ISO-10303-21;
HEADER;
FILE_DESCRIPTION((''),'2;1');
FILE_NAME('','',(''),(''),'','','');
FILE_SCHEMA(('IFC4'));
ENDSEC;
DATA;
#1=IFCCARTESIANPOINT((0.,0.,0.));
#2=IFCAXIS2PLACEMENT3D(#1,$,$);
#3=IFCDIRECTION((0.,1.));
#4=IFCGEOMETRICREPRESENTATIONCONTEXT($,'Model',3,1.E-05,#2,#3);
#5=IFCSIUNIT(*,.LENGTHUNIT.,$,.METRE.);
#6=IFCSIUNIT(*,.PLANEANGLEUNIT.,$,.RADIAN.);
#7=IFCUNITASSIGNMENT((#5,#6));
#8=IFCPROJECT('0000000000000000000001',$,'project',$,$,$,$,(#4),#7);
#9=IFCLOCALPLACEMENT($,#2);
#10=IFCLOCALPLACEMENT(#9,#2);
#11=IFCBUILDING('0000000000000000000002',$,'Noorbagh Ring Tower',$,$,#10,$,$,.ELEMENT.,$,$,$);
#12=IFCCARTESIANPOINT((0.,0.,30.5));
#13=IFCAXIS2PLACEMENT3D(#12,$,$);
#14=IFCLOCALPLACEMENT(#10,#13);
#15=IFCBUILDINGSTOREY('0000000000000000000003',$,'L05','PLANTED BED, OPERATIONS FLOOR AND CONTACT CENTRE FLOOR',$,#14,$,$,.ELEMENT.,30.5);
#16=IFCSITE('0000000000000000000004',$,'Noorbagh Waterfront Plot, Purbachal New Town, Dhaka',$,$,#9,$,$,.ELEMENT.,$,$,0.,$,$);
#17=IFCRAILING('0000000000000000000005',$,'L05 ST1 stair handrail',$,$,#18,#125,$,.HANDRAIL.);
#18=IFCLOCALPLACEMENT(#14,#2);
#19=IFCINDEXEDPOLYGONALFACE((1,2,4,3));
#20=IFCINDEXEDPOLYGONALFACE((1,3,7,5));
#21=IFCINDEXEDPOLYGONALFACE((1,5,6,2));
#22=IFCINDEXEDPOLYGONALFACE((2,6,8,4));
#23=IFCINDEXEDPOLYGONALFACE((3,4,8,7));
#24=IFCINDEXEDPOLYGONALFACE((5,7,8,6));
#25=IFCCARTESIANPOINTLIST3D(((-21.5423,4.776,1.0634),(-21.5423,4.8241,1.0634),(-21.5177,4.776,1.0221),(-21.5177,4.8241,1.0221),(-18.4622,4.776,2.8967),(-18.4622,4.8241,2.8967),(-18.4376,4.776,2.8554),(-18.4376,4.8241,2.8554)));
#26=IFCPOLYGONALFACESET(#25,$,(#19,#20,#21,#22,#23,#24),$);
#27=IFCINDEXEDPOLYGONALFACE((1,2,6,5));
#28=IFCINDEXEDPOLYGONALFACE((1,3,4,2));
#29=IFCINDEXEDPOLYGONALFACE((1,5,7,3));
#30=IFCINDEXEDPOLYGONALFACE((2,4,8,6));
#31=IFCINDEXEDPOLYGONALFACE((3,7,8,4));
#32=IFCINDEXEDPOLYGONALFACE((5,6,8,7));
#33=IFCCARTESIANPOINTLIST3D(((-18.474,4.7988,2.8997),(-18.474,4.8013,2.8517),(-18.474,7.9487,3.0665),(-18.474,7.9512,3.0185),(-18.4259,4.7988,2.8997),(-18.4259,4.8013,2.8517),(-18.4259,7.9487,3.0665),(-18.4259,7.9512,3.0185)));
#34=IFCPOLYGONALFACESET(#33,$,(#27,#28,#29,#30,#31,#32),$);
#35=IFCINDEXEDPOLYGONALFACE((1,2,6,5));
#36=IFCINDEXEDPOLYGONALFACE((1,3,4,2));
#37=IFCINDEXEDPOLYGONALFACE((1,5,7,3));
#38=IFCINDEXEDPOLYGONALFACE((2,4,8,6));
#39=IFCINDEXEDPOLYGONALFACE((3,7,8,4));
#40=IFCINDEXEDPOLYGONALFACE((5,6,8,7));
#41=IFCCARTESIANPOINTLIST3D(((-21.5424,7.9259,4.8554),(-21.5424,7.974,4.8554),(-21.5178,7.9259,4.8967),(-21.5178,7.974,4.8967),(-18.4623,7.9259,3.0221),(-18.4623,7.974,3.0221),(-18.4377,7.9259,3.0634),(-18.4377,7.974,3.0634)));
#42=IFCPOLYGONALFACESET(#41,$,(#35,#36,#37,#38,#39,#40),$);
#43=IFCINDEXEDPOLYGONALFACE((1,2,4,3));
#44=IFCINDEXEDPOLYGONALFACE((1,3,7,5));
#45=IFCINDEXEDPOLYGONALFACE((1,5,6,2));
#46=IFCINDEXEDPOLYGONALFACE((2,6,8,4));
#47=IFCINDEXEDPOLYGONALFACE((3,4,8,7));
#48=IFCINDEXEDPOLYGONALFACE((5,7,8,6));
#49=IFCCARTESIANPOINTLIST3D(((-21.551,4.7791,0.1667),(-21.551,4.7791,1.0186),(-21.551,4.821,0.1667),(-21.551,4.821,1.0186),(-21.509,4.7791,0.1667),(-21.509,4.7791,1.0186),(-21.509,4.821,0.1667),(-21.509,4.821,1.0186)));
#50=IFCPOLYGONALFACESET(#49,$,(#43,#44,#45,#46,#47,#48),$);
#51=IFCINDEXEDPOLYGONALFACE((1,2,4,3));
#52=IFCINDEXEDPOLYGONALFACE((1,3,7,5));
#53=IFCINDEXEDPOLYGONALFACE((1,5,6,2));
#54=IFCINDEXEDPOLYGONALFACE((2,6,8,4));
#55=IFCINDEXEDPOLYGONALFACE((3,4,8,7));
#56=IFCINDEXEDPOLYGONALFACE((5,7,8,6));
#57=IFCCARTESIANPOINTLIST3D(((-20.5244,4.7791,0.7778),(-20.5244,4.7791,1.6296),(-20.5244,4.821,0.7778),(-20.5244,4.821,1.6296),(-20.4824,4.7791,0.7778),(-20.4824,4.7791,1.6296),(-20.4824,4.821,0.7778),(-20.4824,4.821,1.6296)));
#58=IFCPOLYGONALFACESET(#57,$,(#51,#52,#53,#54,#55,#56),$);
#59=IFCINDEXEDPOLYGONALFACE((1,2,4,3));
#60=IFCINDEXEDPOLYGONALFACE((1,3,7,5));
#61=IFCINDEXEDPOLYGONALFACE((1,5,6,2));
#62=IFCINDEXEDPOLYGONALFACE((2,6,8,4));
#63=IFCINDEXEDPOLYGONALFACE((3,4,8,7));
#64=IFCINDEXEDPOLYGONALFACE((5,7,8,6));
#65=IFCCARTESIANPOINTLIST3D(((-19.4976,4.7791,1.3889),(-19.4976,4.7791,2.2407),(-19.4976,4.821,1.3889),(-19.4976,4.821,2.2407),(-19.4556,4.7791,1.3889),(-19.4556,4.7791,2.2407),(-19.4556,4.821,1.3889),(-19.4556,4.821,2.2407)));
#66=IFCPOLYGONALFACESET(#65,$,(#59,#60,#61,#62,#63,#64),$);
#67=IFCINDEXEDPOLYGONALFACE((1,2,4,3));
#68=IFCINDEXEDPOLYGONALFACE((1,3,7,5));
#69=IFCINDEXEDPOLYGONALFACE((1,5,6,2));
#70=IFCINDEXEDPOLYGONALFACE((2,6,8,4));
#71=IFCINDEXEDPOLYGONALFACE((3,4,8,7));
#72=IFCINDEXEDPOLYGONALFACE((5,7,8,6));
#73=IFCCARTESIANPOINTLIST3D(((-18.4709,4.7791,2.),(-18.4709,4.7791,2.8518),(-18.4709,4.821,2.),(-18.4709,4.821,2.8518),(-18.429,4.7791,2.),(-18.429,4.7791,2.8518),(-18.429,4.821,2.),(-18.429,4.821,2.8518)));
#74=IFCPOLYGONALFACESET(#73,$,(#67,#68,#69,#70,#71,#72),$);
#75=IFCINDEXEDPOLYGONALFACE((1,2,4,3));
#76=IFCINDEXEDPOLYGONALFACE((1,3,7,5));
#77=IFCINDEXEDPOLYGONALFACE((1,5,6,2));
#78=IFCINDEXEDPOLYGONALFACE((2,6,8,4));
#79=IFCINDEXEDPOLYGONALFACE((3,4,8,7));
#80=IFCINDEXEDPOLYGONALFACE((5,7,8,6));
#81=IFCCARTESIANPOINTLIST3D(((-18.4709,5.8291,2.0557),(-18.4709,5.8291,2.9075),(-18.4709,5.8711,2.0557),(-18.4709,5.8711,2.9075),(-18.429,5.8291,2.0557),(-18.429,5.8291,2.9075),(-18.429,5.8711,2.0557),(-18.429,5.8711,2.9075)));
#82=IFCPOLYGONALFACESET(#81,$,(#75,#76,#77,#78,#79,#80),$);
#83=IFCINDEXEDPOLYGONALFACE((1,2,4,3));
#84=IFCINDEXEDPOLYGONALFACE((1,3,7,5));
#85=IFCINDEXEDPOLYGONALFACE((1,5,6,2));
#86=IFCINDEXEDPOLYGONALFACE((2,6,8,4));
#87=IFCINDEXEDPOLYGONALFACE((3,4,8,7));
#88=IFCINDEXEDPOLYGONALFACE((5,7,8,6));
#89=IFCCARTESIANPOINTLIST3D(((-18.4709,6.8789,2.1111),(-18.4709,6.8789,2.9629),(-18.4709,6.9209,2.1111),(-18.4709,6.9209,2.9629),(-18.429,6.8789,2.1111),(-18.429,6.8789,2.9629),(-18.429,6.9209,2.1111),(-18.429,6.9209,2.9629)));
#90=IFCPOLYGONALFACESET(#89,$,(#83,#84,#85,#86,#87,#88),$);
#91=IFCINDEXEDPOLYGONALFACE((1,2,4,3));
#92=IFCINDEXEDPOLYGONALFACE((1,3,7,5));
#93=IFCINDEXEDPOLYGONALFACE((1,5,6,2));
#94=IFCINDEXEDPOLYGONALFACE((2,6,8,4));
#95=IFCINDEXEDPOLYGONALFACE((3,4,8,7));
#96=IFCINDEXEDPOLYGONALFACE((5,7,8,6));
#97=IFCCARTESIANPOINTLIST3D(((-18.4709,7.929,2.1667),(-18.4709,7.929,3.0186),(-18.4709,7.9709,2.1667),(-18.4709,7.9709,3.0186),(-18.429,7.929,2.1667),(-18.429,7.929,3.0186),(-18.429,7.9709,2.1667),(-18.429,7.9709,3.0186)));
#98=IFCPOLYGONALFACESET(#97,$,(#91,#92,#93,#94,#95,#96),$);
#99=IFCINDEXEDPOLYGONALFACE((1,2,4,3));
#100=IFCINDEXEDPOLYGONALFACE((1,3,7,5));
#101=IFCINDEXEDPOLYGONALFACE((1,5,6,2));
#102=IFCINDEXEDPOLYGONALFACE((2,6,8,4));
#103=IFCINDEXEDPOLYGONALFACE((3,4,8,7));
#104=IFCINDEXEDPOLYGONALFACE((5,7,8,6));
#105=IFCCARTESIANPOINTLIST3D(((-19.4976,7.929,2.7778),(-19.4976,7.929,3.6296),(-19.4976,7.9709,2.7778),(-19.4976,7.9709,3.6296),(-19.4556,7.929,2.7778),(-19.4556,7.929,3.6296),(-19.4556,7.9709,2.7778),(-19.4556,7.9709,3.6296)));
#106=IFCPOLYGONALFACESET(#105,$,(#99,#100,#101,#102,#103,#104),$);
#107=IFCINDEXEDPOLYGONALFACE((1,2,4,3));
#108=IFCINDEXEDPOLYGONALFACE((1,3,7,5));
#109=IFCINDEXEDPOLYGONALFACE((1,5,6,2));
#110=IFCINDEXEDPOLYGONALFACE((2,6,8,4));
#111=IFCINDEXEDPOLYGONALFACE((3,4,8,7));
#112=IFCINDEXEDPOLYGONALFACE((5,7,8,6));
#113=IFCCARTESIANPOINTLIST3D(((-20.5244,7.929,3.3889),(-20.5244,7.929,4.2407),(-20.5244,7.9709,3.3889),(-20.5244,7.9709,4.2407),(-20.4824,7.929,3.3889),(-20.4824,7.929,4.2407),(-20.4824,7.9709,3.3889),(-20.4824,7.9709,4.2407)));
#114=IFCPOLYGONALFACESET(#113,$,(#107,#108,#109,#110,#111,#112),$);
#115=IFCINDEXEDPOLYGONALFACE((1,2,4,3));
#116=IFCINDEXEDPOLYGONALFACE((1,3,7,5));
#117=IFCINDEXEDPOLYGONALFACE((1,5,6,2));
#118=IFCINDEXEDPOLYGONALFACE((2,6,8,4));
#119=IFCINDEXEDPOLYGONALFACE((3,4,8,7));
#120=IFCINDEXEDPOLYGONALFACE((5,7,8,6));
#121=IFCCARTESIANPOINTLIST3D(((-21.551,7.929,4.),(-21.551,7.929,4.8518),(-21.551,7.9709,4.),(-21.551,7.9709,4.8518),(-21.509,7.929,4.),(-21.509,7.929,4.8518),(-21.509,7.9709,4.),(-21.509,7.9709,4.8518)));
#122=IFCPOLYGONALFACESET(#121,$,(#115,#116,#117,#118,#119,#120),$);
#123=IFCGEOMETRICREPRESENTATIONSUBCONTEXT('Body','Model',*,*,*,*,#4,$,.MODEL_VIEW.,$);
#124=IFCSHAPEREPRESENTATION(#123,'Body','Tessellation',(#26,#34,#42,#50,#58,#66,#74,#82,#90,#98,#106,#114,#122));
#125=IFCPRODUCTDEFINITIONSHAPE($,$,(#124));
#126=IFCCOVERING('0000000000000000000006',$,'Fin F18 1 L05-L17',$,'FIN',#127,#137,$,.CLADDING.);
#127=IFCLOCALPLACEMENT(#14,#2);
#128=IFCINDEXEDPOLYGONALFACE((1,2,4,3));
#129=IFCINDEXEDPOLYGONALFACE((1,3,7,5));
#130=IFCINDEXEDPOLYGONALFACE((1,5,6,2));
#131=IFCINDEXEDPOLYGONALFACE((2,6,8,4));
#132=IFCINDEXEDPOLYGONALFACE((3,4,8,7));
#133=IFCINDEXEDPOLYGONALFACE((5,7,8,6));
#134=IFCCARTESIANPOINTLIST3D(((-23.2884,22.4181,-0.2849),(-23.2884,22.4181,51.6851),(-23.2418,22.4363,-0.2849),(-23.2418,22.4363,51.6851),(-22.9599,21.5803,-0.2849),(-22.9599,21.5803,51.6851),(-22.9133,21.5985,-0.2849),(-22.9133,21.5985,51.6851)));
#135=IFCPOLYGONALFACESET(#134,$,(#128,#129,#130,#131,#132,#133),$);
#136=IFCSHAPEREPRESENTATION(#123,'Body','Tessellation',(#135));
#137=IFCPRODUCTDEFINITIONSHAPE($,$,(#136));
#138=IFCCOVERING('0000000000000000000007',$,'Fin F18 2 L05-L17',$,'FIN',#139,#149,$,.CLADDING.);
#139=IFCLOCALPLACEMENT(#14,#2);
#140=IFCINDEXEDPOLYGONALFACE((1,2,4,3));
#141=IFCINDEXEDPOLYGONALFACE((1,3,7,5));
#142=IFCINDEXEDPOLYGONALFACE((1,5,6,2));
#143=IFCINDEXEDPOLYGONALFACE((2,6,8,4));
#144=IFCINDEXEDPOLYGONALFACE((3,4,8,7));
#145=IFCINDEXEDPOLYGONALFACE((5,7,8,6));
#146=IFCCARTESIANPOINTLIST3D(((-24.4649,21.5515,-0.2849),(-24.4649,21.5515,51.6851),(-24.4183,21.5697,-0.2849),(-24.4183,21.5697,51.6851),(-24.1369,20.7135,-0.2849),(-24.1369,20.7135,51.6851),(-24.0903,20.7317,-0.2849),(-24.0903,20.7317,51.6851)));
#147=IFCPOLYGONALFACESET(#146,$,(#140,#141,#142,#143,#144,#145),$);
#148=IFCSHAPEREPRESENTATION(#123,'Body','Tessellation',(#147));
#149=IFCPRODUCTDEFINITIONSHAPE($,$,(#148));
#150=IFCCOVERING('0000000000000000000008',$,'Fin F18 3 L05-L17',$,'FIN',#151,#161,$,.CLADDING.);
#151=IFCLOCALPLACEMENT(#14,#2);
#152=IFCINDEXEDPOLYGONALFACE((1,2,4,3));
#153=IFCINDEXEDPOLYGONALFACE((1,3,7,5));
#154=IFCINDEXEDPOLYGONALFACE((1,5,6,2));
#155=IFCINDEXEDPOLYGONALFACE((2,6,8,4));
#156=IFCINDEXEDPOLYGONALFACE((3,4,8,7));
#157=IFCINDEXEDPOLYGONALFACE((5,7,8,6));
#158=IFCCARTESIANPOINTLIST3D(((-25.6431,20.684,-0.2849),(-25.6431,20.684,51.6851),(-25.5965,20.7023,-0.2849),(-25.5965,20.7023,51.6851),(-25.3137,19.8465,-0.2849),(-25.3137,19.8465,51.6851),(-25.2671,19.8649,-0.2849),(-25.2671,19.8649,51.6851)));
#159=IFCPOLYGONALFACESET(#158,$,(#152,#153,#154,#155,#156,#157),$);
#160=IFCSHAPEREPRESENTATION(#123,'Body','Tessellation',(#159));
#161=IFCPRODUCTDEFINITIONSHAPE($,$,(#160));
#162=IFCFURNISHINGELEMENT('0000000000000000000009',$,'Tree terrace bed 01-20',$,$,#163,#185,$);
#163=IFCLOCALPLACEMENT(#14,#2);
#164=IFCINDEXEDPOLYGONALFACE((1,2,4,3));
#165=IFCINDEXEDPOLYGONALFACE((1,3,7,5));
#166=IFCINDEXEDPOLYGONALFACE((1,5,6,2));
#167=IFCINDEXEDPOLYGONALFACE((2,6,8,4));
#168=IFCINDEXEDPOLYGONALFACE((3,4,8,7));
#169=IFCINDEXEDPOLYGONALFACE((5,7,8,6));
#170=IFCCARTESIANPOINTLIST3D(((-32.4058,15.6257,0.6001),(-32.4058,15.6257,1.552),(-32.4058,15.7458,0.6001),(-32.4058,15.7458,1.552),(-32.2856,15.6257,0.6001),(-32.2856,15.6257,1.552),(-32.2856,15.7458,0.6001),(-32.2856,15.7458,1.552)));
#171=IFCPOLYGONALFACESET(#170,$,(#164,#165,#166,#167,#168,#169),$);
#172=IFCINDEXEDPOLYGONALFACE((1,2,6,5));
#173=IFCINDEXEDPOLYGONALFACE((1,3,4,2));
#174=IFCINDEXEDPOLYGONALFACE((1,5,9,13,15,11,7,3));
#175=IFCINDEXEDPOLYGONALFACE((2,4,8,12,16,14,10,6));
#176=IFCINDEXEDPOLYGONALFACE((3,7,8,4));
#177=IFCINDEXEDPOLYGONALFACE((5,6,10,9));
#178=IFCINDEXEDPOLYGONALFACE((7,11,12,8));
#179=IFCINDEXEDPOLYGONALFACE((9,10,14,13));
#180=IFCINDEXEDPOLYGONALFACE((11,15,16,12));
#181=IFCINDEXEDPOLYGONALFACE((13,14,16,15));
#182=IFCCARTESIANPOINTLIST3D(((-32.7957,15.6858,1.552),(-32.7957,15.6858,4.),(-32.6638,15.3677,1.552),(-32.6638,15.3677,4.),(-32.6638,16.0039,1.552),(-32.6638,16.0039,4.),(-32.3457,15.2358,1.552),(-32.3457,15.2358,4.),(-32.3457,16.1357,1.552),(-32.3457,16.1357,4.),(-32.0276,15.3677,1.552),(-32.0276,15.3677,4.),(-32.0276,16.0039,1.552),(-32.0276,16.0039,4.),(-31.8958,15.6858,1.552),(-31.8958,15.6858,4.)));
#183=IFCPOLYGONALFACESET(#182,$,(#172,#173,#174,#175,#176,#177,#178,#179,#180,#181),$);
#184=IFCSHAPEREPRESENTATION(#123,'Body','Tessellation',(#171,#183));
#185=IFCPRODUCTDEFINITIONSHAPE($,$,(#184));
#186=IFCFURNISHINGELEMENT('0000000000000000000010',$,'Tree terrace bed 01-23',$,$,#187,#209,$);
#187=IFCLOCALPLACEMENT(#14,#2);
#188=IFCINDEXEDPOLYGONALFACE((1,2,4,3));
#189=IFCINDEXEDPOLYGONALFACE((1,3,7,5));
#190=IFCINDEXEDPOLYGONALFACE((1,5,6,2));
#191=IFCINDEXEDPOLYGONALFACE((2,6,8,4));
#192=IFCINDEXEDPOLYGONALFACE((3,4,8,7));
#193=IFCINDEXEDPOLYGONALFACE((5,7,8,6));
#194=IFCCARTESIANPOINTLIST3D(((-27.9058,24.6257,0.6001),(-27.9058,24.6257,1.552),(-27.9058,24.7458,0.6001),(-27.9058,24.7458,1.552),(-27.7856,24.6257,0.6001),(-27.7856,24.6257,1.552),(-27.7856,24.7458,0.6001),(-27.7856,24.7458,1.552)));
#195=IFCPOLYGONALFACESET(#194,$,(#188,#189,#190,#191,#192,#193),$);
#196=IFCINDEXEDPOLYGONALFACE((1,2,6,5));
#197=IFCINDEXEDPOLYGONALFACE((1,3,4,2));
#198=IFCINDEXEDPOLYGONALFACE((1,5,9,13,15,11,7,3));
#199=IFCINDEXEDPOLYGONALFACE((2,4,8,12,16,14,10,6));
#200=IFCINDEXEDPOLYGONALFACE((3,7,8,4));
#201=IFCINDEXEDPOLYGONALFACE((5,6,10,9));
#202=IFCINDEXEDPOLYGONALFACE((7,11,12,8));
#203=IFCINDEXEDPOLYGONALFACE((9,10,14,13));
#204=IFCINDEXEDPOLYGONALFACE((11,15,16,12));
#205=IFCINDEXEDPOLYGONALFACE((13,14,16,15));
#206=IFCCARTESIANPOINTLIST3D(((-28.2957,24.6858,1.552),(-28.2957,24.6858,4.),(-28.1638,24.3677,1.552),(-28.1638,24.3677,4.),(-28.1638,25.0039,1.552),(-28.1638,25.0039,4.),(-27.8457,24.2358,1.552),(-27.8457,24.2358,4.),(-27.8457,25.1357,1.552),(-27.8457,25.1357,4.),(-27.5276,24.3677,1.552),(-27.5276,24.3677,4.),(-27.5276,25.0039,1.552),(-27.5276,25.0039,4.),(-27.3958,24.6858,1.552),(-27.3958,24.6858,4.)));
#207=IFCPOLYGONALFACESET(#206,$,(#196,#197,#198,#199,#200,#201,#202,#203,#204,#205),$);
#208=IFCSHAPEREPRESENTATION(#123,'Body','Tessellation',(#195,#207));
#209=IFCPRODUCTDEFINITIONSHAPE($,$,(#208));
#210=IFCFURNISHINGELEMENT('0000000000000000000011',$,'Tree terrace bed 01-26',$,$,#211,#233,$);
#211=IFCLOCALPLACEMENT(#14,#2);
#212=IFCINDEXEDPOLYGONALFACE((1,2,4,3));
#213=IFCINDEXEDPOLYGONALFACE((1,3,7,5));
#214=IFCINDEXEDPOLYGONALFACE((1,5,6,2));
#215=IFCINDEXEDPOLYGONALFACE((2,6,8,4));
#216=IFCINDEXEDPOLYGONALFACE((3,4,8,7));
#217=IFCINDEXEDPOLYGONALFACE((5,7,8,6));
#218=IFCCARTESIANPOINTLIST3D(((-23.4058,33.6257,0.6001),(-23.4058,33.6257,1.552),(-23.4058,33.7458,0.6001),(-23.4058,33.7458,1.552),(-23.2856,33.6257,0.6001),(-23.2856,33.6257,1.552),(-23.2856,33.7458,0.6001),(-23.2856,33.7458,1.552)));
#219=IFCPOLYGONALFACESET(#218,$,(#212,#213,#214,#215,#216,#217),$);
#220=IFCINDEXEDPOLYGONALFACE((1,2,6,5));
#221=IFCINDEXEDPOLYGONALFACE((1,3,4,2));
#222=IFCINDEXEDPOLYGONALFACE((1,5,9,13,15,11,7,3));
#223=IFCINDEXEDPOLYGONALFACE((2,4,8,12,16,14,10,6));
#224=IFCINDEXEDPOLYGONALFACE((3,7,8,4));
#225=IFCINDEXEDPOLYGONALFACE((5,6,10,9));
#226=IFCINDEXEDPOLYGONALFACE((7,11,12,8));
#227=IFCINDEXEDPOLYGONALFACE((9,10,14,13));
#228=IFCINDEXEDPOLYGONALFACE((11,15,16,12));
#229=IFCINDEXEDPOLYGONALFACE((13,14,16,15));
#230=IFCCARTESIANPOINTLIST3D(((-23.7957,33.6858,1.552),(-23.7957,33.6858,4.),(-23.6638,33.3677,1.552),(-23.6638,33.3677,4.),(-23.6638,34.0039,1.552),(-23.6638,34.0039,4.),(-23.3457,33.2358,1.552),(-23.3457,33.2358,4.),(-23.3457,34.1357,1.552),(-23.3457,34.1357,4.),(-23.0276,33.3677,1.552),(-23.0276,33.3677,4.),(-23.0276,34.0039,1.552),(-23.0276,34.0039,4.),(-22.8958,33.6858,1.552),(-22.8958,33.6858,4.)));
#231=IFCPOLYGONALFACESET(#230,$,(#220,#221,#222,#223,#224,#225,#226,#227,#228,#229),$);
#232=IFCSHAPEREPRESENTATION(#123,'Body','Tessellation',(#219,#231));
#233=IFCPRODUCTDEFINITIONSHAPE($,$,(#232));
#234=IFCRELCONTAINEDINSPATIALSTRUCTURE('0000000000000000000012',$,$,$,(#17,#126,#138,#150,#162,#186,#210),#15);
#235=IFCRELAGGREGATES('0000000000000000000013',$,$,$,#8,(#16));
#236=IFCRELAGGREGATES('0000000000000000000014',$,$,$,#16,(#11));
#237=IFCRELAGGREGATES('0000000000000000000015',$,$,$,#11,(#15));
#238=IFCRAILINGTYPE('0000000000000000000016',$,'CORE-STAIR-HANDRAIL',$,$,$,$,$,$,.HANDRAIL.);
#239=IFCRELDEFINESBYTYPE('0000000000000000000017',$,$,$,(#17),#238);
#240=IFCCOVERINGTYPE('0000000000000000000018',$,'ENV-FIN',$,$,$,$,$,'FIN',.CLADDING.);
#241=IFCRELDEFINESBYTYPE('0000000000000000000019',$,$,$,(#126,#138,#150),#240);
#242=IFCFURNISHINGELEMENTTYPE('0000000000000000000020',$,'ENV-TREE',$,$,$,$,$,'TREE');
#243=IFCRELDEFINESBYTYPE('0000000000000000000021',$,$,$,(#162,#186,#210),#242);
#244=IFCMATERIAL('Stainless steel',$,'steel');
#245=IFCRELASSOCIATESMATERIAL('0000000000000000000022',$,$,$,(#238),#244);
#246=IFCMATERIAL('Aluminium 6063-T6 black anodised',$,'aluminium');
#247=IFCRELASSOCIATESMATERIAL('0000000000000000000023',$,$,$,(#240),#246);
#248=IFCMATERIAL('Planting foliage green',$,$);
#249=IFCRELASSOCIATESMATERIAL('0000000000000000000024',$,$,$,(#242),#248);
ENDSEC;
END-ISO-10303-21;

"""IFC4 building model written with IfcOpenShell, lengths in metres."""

from ifc_helpers import new_model, si_unit, direction, frame, origin, origin_2d, place, context, subcontext, project, spatial, polyline, rectangle, outline, extrude, material, material_profile, profile_set, type_object, element, save


model = new_model("IFC4")

# Units and contexts
model_context = context("Model", 3, precision=1e-05, world=origin(), true_north=direction((0.0, 1.0)))
body_context = subcontext(model_context, "Body", "Model", "MODEL_VIEW")
ifc_project = project(units=[si_unit("LENGTHUNIT", "METRE"), si_unit("PLANEANGLEUNIT", "RADIAN")], contexts=[model_context])

# Site, building, storey
site_placement = place(None, origin())
site = spatial("IfcSite", under=ifc_project, at=site_placement, Name="Noorbagh Waterfront Plot, Purbachal New Town, Dhaka", CompositionType="ELEMENT", RefElevation=0.0)
building_placement = place(site_placement, origin())
building = spatial("IfcBuilding", under=site, at=building_placement, Name="Noorbagh Ring Tower", CompositionType="ELEMENT")
storey_placement = place(building_placement, frame((0.0, 0.0, 30.5)))
storey = spatial("IfcBuildingStorey", under=building, at=storey_placement, Name="L05", Description="PLANTED BED, OPERATIONS FLOOR AND CONTACT CENTRE FLOOR", CompositionType="ELEMENT", Elevation=30.5)

# Railing
ifc_material_1 = material(Name="Stainless steel", Category="steel")
railing_type_1 = type_object("IfcRailingType", Name="CORE-STAIR-HANDRAIL", PredefinedType="HANDRAIL", material=ifc_material_1)
railing_1_placement = place(storey_placement, frame((-21.53, 4.8, 0.1667)))
element("IfcRailing", 1, at=railing_1_placement, inside=storey, type_object=railing_type_1, Name="L05 ST1 stair handrail", PredefinedType="HANDRAIL", context=body_context, shape_type="SweptSolid", body=[
    extrude(rectangle(XDim=0.0481, YDim=0.0481, at=origin_2d()), frame((0.0, 0.0, 0.876), z_axis=(0.859309, 0.0, 0.511458), x_axis=(0.0, 1.0, 0.0)), (0.0, 0.0, 1.0), 3.5845),
    extrude(rectangle(XDim=0.0481, YDim=0.0481, at=origin_2d()), frame((3.0801, 0.0, 2.709), z_axis=(0.0, 0.998602, 0.052864), x_axis=(-1.0, 0.0, 0.0)), (0.0, 0.0, 1.0), 3.1543),
    extrude(rectangle(XDim=0.0481, YDim=0.0481, at=origin_2d()), frame((3.0801, 3.1499, 2.876), z_axis=(-0.859309, 0.0, 0.511458), x_axis=(0.0, -1.0, 0.0)), (0.0, 0.0, 1.0), 3.5845),
    extrude(rectangle(XDim=0.042, YDim=0.042, at=origin_2d()), origin(), (0.0, 0.0, 1.0), 0.8518),
    extrude(rectangle(XDim=0.042, YDim=0.042, at=origin_2d()), frame((1.0266, 0.0, 0.6111)), (0.0, 0.0, 1.0), 0.8518),
    extrude(rectangle(XDim=0.042, YDim=0.042, at=origin_2d()), frame((2.0535, 0.0, 1.2222)), (0.0, 0.0, 1.0), 0.8518),
    extrude(rectangle(XDim=0.042, YDim=0.042, at=origin_2d()), frame((3.0801, 0.0, 1.8333)), (0.0, 0.0, 1.0), 0.8518),
    extrude(rectangle(XDim=0.042, YDim=0.042, at=origin_2d()), frame((3.0801, 1.05, 1.8889)), (0.0, 0.0, 1.0), 0.8518),
    extrude(rectangle(XDim=0.042, YDim=0.042, at=origin_2d()), frame((3.0801, 2.0999, 1.9443)), (0.0, 0.0, 1.0), 0.8518),
    extrude(rectangle(XDim=0.042, YDim=0.042, at=origin_2d()), frame((3.0801, 3.1499, 2.0)), (0.0, 0.0, 1.0), 0.8518),
    extrude(rectangle(XDim=0.042, YDim=0.042, at=origin_2d()), frame((2.0535, 3.1499, 2.6111)), (0.0, 0.0, 1.0), 0.8518),
    extrude(rectangle(XDim=0.042, YDim=0.042, at=origin_2d()), frame((1.0266, 3.1499, 3.2222)), (0.0, 0.0, 1.0), 0.8518),
    extrude(rectangle(XDim=0.042, YDim=0.042, at=origin_2d()), frame((0.0, 3.1499, 3.8333)), (0.0, 0.0, 1.0), 0.8518),
])

# Coverings
ifc_material_2 = material(Name="Aluminium 6063-T6 black anodised", Category="aluminium")
ifc_material_profile_1 = material_profile(ifc_material_2, rectangle(XDim=0.8999, YDim=0.05, at=origin_2d()), Name="900x50")
ifc_profile_set_1 = profile_set([ifc_material_profile_1], Name="Aluminium 6063-T6 black anodised")
covering_type = type_object("IfcCoveringType", Name="ENV-FIN", ElementType="FIN", PredefinedType="CLADDING", material=ifc_profile_set_1)
for number, where, z_axis, x_axis, name in (
    (2, (-23.1008, 22.0083, -0.2849), (0.0, 0.0, 1.0), (-0.365038, 0.930993, 0.0), "Fin F18 1 L05-L17"),
    (3, (-24.2776, 21.1416, -0.2849), (0.0, 0.0, 1.0), (-0.364533, 0.93119, 0.0), "Fin F18 2 L05-L17"),
    (4, (-25.4551, 20.2744, -0.2849), (0.0, 0.0, 1.0), (-0.366047, 0.930596, 0.0), "Fin F18 3 L05-L17"),
):
    element("IfcCovering", number, at=place(storey_placement, frame(where, z_axis=z_axis, x_axis=x_axis)), inside=storey, type_object=covering_type, Name=name, ObjectType="FIN", PredefinedType="CLADDING", context=body_context, shape_type="SweptSolid", body=[
        extrude(rectangle(XDim=0.8999, YDim=0.05, at=origin_2d()), origin(), (0.0, 0.0, 1.0), 51.97),
    ])

# Furnishing elements
ifc_material_3 = material(Name="Planting foliage green")
furnishing_element_type = type_object("IfcFurnishingElementType", Name="ENV-TREE", ElementType="TREE", material=ifc_material_3)
for number, where, z_axis, x_axis, name in (
    (5, (-32.3457, 15.6858, 0.6001), (0.0, 0.0, 1.0), (1.0, 0.0, 0.0), "Tree terrace bed 01-20"),
    (6, (-27.8457, 24.6858, 0.6001), (0.0, 0.0, 1.0), (1.0, 0.0, 0.0), "Tree terrace bed 01-23"),
    (7, (-23.3457, 33.6858, 0.6001), (0.0, 0.0, 1.0), (1.0, 0.0, 0.0), "Tree terrace bed 01-26"),
):
    element("IfcFurnishingElement", number, at=place(storey_placement, frame(where, z_axis=z_axis, x_axis=x_axis)), inside=storey, type_object=furnishing_element_type, Name=name, context=body_context, shape_type="SweptSolid", body=[
        extrude(rectangle(XDim=0.1201, YDim=0.1201, at=origin_2d()), origin(), (0.0, 0.0, 1.0), 0.9519),
        extrude(outline(polyline([(0.45, 0.0), (0.3181, 0.3181), (0.0, 0.45), (-0.3181, 0.3181), (-0.45, 0.0), (-0.3181, -0.3181), (0.0, -0.45), (0.3181, -0.3181), (0.45, 0.0)])), frame((0.0, 0.0, 0.9519)), (0.0, 0.0, 1.0), 2.448),
    ])

save(model, "model.ifc")
